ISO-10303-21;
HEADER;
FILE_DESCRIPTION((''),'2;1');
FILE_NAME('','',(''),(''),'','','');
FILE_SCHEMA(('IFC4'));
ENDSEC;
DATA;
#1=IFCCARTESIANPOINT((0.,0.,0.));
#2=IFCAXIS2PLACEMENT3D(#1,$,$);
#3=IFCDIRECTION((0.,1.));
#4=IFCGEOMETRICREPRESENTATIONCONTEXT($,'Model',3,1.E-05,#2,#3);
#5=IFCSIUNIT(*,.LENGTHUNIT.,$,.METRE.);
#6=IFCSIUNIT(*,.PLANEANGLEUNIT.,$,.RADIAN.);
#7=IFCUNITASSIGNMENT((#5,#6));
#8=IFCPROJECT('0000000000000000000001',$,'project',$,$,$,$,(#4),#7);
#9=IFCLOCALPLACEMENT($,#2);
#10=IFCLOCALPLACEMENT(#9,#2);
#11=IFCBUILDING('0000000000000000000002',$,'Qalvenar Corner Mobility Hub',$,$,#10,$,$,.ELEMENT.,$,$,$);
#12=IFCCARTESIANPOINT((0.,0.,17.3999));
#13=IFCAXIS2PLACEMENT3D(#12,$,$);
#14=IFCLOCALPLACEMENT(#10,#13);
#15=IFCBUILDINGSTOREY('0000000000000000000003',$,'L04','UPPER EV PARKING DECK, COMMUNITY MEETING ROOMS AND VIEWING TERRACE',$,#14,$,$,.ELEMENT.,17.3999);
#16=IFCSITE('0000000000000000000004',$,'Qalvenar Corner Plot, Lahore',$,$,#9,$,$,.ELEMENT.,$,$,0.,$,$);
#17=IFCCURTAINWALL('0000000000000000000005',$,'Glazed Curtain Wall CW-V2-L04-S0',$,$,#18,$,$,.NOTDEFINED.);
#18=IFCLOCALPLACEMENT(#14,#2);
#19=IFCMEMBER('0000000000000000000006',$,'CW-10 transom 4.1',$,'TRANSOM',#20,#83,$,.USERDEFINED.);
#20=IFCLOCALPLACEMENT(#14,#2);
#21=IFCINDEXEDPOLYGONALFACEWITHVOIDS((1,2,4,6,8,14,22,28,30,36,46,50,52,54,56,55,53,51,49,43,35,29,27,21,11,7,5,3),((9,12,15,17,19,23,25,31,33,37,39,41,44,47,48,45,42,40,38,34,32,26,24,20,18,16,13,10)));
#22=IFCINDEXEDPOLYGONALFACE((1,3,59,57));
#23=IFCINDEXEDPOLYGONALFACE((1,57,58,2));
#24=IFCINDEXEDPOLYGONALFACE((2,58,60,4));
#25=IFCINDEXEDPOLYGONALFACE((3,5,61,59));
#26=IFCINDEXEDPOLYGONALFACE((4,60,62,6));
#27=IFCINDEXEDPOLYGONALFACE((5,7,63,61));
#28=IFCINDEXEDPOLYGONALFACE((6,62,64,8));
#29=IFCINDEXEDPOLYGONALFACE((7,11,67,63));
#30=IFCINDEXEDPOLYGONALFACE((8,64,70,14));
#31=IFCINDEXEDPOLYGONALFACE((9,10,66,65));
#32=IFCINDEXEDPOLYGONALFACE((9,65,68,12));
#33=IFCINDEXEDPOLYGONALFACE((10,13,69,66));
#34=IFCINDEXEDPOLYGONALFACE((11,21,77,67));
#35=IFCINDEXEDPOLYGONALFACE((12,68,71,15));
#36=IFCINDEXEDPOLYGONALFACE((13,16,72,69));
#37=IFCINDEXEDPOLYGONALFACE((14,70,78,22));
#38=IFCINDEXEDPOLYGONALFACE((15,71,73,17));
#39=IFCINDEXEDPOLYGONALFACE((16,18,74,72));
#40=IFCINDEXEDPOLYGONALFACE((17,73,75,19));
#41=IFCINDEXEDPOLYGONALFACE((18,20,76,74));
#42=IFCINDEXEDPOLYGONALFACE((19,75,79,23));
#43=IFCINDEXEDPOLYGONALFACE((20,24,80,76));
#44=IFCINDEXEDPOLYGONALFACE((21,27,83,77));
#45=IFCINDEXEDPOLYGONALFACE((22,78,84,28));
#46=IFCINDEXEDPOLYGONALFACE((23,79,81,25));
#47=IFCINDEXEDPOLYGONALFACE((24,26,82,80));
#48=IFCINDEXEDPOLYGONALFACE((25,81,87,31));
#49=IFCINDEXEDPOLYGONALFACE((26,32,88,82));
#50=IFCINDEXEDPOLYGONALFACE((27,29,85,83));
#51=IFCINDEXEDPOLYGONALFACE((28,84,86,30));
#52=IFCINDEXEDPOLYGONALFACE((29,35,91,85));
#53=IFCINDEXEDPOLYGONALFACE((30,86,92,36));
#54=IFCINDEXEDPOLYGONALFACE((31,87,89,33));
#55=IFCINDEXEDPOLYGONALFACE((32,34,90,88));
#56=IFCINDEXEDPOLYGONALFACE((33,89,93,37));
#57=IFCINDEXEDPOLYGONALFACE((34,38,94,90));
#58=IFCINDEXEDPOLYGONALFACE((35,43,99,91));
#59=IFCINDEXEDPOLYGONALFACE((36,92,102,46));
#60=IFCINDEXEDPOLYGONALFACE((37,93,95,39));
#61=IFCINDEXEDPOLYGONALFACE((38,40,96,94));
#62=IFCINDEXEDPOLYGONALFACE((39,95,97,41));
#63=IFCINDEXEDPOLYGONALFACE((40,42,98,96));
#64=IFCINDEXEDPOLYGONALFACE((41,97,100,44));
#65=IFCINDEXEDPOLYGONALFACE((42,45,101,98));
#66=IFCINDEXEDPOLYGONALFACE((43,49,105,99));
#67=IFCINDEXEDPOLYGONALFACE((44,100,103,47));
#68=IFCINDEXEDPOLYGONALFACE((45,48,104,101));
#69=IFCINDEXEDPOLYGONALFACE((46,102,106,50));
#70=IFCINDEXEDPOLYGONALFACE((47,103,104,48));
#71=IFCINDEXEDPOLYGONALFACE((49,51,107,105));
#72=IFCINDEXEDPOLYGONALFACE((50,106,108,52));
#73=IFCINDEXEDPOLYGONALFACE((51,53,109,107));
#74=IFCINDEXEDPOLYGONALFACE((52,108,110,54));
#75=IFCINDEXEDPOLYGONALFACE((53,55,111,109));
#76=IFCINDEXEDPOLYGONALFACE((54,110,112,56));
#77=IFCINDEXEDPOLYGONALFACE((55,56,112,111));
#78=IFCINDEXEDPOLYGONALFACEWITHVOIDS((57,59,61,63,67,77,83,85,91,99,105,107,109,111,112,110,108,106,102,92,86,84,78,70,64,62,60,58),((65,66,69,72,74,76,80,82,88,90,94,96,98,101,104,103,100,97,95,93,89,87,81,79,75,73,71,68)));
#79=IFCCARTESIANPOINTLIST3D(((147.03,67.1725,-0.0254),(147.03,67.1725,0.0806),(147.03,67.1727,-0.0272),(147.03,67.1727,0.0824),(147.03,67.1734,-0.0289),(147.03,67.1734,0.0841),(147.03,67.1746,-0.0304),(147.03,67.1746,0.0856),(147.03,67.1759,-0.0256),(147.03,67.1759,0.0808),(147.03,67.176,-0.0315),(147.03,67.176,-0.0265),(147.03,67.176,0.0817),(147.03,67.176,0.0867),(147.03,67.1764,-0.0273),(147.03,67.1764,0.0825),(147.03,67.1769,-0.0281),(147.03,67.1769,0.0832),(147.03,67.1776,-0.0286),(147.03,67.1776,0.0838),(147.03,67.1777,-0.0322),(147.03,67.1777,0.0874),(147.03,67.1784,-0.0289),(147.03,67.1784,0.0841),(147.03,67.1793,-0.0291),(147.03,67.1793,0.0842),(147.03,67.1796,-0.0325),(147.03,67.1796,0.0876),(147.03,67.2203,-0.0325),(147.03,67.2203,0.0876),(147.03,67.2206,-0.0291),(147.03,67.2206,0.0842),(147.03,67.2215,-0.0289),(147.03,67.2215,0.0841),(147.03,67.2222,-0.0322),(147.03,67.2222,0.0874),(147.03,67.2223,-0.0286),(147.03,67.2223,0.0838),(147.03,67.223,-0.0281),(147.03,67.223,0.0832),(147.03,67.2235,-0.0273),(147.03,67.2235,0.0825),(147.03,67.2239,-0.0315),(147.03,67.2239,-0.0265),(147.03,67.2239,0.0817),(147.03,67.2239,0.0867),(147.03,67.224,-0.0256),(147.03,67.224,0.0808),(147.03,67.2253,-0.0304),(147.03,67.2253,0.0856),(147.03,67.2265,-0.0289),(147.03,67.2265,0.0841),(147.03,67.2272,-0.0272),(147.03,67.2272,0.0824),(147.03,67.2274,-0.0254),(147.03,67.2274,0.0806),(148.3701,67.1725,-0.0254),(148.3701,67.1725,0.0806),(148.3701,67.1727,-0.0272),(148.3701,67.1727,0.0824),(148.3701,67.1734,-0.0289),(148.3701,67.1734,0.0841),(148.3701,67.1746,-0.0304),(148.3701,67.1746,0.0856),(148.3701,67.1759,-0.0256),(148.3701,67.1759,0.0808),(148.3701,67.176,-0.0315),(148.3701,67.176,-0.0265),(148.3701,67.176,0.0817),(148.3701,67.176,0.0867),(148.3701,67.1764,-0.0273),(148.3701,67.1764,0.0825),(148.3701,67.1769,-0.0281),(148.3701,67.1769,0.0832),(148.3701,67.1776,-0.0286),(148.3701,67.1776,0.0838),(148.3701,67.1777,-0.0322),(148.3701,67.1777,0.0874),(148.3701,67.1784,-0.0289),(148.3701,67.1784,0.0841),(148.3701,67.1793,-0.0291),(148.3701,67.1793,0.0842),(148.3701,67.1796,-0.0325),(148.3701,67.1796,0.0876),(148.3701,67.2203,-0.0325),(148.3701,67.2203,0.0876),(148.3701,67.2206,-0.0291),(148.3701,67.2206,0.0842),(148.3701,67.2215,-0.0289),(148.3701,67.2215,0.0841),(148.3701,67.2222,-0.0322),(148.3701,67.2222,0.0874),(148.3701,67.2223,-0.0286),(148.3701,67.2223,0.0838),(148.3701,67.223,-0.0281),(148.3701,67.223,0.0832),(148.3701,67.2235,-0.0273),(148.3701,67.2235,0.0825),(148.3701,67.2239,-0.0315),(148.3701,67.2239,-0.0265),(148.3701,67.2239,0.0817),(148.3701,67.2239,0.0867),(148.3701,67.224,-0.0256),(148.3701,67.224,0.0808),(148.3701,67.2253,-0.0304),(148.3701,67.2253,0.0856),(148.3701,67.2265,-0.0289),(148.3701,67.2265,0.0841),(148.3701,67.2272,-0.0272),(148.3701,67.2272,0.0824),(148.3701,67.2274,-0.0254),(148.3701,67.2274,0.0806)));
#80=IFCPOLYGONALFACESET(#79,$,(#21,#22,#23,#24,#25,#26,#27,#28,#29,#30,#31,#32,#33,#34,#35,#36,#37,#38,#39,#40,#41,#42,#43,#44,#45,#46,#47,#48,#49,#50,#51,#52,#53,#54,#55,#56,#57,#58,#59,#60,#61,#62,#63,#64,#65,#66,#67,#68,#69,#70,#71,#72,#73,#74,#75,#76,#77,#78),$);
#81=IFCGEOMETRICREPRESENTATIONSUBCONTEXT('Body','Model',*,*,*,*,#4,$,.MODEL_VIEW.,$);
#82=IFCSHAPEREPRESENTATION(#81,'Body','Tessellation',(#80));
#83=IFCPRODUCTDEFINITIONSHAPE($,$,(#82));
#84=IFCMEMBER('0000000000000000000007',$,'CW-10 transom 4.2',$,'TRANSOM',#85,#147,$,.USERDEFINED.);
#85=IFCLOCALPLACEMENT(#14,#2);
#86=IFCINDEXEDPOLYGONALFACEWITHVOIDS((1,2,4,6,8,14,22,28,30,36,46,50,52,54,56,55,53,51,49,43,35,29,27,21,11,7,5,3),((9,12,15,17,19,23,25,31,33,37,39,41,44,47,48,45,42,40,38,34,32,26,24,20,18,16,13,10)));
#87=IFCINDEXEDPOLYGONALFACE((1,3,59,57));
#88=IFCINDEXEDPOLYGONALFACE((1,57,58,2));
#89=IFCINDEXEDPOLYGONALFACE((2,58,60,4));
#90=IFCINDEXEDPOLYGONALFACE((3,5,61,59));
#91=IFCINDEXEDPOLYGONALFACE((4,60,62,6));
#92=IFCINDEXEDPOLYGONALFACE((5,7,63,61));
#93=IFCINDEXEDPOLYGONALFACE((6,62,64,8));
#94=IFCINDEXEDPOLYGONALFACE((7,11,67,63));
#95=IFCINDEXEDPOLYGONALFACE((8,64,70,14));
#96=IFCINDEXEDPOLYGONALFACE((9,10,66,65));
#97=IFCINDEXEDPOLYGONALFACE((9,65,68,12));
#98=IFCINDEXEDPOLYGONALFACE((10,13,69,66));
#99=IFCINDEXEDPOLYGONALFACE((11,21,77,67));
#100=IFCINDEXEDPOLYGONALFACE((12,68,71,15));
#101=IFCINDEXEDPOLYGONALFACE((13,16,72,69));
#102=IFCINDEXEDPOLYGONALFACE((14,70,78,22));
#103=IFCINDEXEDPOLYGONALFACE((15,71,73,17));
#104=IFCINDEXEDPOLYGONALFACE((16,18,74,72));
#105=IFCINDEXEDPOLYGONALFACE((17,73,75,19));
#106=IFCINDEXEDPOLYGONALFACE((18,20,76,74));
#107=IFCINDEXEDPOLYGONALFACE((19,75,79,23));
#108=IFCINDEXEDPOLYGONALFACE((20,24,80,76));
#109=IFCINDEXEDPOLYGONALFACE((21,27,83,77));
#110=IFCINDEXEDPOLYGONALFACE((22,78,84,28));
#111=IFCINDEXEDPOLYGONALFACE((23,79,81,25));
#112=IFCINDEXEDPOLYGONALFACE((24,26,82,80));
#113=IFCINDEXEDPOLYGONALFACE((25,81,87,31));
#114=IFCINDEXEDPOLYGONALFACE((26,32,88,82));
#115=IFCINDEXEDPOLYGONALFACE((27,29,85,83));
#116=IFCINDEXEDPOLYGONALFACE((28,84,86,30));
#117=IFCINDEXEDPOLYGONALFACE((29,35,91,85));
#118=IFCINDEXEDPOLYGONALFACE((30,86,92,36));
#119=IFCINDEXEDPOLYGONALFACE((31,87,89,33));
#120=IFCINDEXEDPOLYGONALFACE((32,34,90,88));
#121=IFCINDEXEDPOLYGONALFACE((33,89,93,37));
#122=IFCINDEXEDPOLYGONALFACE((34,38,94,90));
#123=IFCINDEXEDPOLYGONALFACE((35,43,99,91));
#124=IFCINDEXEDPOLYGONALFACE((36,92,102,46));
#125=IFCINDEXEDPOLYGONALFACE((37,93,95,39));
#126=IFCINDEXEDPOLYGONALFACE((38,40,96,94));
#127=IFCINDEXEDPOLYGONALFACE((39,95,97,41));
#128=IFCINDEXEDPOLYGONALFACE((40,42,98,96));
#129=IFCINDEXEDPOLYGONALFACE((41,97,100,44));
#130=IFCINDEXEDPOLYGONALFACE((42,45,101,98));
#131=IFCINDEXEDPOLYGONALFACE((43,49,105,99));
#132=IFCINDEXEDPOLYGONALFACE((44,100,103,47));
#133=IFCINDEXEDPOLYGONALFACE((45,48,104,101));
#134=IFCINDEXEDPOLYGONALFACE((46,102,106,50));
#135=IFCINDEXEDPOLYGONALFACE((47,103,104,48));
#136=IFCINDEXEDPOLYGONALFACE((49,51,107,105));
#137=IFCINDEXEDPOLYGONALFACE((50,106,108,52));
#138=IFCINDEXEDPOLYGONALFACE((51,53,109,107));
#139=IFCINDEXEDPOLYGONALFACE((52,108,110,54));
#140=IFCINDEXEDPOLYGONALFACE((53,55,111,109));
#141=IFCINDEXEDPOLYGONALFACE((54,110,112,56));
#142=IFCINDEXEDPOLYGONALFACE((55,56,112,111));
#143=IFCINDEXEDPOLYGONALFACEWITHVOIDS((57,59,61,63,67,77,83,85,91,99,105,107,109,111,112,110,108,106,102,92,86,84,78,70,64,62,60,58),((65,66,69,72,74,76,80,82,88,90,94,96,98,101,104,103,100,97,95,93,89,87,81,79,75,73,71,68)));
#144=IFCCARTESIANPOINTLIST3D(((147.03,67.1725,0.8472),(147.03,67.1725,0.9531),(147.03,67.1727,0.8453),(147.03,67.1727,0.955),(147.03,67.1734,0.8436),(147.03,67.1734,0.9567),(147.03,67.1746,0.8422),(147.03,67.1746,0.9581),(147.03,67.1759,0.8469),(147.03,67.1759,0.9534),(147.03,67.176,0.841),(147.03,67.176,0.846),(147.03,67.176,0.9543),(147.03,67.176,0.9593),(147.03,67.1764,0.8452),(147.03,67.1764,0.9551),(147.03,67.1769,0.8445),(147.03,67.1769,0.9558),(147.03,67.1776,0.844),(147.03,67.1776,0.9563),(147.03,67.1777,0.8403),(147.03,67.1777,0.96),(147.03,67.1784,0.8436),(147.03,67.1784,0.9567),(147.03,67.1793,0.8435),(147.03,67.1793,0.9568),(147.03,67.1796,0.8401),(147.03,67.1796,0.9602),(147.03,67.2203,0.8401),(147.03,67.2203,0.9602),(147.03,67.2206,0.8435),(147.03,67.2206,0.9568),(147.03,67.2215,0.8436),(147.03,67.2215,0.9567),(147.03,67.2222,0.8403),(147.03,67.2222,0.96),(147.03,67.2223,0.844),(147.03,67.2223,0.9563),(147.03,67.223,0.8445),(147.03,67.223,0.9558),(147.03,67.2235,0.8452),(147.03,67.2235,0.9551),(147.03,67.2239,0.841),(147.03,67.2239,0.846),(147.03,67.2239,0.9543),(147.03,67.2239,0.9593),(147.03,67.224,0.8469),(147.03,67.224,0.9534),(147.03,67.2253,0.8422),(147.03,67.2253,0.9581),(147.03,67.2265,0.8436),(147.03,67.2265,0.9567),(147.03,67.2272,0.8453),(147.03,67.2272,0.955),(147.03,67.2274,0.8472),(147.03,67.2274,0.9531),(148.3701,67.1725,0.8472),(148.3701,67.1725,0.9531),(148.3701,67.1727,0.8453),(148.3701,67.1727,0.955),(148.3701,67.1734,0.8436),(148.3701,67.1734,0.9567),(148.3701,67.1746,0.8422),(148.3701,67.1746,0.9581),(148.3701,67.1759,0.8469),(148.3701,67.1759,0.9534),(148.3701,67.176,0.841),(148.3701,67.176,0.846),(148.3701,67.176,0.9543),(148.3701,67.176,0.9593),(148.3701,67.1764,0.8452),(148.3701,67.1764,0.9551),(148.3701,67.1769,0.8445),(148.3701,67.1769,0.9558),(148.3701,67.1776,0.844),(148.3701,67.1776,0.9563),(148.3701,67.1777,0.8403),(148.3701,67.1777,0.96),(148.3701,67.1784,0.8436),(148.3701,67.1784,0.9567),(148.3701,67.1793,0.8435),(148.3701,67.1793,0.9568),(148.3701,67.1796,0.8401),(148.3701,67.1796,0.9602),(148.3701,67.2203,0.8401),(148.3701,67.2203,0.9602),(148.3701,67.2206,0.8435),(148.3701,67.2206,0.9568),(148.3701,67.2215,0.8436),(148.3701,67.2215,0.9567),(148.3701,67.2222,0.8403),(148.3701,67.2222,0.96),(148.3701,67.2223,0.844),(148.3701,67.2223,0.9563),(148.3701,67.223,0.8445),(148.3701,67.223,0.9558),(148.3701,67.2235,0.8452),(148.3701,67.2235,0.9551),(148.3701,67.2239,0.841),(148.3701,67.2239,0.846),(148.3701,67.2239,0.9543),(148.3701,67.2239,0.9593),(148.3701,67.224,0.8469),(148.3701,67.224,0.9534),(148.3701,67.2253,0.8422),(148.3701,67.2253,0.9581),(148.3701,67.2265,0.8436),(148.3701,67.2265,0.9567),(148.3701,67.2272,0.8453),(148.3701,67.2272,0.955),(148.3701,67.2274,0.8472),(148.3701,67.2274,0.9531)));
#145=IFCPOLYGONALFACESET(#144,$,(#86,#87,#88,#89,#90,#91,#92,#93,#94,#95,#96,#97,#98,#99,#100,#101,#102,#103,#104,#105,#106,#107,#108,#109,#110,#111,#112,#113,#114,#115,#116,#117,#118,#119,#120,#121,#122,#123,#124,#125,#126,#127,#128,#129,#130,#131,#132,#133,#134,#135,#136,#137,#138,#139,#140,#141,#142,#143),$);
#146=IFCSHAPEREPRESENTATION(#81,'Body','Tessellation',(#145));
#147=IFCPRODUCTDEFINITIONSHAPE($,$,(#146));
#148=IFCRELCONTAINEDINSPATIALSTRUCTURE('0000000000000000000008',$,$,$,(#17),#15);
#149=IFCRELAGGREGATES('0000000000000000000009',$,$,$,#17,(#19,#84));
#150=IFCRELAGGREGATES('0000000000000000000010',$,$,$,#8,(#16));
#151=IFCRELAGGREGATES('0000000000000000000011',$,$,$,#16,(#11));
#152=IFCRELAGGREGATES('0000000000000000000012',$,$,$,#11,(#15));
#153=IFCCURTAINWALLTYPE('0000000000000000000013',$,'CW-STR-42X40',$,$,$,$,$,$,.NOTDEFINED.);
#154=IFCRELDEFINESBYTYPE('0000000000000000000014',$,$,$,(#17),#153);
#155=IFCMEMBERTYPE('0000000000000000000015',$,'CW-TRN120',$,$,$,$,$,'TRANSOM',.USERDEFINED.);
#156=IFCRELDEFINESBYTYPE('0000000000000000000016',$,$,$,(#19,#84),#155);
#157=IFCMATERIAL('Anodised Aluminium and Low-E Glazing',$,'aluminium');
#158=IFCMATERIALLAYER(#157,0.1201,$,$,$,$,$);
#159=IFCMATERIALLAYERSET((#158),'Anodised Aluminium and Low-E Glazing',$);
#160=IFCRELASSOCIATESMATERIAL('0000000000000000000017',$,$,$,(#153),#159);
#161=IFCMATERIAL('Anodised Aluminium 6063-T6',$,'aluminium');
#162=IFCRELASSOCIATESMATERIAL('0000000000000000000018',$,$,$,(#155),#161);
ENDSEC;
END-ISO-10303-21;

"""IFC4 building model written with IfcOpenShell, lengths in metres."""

from ifc_helpers import new_model, si_unit, direction, frame, origin, origin_2d, place, context, subcontext, project, spatial, hollow_rectangle, extrude, material, layer, layer_set, material_profile, profile_set, type_object, element, aggregate, save


model = new_model("IFC4")

# Units and contexts
model_context = context("Model", 3, precision=1e-05, world=origin(), true_north=direction((0.0, 1.0)))
body_context = subcontext(model_context, "Body", "Model", "MODEL_VIEW")
ifc_project = project(units=[si_unit("LENGTHUNIT", "METRE"), si_unit("PLANEANGLEUNIT", "RADIAN")], contexts=[model_context])

# Site, building, storey
site_placement = place(None, origin())
site = spatial("IfcSite", under=ifc_project, at=site_placement, Name="Qalvenar Corner Plot, Lahore", CompositionType="ELEMENT", RefElevation=0.0)
building_placement = place(site_placement, origin())
building = spatial("IfcBuilding", under=site, at=building_placement, Name="Qalvenar Corner Mobility Hub", CompositionType="ELEMENT")
storey_placement = place(building_placement, frame((0.0, 0.0, 17.3999)))
storey = spatial("IfcBuildingStorey", under=building, at=storey_placement, Name="L04", Description="UPPER EV PARKING DECK, COMMUNITY MEETING ROOMS AND VIEWING TERRACE", CompositionType="ELEMENT", Elevation=17.3999)

# Curtain wall, members
ifc_material_1 = material(Name="Anodised Aluminium and Low-E Glazing", Category="aluminium")
ifc_layer_1 = layer(ifc_material_1, 0.1201)
ifc_layer_set_1 = layer_set([ifc_layer_1], Name="Anodised Aluminium and Low-E Glazing")
curtain_wall_type = type_object("IfcCurtainWallType", Name="CW-STR-42X40", PredefinedType="NOTDEFINED", material=ifc_layer_set_1)
curtain_wall_placement = place(storey_placement, origin())
curtain_wall = element("IfcCurtainWall", 1, at=curtain_wall_placement, inside=storey, type_object=curtain_wall_type, Name="Glazed Curtain Wall CW-V2-L04-S0", PredefinedType="NOTDEFINED")
ifc_material_2 = material(Name="Anodised Aluminium 6063-T6", Category="aluminium")
ifc_material_profile_1 = material_profile(ifc_material_2, hollow_rectangle(XDim=0.0549, YDim=0.1201, WallThickness=0.0034, InnerFilletRadius=0.0034, OuterFilletRadius=0.0071, at=origin_2d()), Name="RHS120x55x3.5")
ifc_profile_set_1 = profile_set([ifc_material_profile_1], Name="Anodised Aluminium 6063-T6")
member_type_1 = type_object("IfcMemberType", Name="CW-TRN120", ElementType="TRANSOM", PredefinedType="USERDEFINED", material=ifc_profile_set_1)
member_1_placement = place(storey_placement, frame((147.03, 67.2, 0.0276), z_axis=(1.0, 0.0, 0.0), x_axis=(0.0, 1.0, 0.0)))
member_1 = element("IfcMember", 2, at=member_1_placement, type_object=member_type_1, Name="CW-10 transom 4.1", ObjectType="TRANSOM", PredefinedType="USERDEFINED", context=body_context, shape_type="SweptSolid", body=[
    extrude(hollow_rectangle(XDim=0.0549, YDim=0.1201, WallThickness=0.0034, InnerFilletRadius=0.0034, OuterFilletRadius=0.0071, at=origin_2d()), origin(), (0.0, 0.0, 1.0), 1.3401),
])
member_2_placement = place(storey_placement, frame((147.03, 67.2, 0.9001), z_axis=(1.0, 0.0, 0.0), x_axis=(0.0, 1.0, 0.0)))
member_2 = element("IfcMember", 3, at=member_2_placement, type_object=member_type_1, Name="CW-10 transom 4.2", ObjectType="TRANSOM", PredefinedType="USERDEFINED", context=body_context, shape_type="SweptSolid", body=[
    extrude(hollow_rectangle(XDim=0.0549, YDim=0.1201, WallThickness=0.0034, InnerFilletRadius=0.0034, OuterFilletRadius=0.0071, at=origin_2d()), origin(), (0.0, 0.0, 1.0), 1.3401),
])
aggregate(curtain_wall, [member_1, member_2])

save(model, "model.ifc")
